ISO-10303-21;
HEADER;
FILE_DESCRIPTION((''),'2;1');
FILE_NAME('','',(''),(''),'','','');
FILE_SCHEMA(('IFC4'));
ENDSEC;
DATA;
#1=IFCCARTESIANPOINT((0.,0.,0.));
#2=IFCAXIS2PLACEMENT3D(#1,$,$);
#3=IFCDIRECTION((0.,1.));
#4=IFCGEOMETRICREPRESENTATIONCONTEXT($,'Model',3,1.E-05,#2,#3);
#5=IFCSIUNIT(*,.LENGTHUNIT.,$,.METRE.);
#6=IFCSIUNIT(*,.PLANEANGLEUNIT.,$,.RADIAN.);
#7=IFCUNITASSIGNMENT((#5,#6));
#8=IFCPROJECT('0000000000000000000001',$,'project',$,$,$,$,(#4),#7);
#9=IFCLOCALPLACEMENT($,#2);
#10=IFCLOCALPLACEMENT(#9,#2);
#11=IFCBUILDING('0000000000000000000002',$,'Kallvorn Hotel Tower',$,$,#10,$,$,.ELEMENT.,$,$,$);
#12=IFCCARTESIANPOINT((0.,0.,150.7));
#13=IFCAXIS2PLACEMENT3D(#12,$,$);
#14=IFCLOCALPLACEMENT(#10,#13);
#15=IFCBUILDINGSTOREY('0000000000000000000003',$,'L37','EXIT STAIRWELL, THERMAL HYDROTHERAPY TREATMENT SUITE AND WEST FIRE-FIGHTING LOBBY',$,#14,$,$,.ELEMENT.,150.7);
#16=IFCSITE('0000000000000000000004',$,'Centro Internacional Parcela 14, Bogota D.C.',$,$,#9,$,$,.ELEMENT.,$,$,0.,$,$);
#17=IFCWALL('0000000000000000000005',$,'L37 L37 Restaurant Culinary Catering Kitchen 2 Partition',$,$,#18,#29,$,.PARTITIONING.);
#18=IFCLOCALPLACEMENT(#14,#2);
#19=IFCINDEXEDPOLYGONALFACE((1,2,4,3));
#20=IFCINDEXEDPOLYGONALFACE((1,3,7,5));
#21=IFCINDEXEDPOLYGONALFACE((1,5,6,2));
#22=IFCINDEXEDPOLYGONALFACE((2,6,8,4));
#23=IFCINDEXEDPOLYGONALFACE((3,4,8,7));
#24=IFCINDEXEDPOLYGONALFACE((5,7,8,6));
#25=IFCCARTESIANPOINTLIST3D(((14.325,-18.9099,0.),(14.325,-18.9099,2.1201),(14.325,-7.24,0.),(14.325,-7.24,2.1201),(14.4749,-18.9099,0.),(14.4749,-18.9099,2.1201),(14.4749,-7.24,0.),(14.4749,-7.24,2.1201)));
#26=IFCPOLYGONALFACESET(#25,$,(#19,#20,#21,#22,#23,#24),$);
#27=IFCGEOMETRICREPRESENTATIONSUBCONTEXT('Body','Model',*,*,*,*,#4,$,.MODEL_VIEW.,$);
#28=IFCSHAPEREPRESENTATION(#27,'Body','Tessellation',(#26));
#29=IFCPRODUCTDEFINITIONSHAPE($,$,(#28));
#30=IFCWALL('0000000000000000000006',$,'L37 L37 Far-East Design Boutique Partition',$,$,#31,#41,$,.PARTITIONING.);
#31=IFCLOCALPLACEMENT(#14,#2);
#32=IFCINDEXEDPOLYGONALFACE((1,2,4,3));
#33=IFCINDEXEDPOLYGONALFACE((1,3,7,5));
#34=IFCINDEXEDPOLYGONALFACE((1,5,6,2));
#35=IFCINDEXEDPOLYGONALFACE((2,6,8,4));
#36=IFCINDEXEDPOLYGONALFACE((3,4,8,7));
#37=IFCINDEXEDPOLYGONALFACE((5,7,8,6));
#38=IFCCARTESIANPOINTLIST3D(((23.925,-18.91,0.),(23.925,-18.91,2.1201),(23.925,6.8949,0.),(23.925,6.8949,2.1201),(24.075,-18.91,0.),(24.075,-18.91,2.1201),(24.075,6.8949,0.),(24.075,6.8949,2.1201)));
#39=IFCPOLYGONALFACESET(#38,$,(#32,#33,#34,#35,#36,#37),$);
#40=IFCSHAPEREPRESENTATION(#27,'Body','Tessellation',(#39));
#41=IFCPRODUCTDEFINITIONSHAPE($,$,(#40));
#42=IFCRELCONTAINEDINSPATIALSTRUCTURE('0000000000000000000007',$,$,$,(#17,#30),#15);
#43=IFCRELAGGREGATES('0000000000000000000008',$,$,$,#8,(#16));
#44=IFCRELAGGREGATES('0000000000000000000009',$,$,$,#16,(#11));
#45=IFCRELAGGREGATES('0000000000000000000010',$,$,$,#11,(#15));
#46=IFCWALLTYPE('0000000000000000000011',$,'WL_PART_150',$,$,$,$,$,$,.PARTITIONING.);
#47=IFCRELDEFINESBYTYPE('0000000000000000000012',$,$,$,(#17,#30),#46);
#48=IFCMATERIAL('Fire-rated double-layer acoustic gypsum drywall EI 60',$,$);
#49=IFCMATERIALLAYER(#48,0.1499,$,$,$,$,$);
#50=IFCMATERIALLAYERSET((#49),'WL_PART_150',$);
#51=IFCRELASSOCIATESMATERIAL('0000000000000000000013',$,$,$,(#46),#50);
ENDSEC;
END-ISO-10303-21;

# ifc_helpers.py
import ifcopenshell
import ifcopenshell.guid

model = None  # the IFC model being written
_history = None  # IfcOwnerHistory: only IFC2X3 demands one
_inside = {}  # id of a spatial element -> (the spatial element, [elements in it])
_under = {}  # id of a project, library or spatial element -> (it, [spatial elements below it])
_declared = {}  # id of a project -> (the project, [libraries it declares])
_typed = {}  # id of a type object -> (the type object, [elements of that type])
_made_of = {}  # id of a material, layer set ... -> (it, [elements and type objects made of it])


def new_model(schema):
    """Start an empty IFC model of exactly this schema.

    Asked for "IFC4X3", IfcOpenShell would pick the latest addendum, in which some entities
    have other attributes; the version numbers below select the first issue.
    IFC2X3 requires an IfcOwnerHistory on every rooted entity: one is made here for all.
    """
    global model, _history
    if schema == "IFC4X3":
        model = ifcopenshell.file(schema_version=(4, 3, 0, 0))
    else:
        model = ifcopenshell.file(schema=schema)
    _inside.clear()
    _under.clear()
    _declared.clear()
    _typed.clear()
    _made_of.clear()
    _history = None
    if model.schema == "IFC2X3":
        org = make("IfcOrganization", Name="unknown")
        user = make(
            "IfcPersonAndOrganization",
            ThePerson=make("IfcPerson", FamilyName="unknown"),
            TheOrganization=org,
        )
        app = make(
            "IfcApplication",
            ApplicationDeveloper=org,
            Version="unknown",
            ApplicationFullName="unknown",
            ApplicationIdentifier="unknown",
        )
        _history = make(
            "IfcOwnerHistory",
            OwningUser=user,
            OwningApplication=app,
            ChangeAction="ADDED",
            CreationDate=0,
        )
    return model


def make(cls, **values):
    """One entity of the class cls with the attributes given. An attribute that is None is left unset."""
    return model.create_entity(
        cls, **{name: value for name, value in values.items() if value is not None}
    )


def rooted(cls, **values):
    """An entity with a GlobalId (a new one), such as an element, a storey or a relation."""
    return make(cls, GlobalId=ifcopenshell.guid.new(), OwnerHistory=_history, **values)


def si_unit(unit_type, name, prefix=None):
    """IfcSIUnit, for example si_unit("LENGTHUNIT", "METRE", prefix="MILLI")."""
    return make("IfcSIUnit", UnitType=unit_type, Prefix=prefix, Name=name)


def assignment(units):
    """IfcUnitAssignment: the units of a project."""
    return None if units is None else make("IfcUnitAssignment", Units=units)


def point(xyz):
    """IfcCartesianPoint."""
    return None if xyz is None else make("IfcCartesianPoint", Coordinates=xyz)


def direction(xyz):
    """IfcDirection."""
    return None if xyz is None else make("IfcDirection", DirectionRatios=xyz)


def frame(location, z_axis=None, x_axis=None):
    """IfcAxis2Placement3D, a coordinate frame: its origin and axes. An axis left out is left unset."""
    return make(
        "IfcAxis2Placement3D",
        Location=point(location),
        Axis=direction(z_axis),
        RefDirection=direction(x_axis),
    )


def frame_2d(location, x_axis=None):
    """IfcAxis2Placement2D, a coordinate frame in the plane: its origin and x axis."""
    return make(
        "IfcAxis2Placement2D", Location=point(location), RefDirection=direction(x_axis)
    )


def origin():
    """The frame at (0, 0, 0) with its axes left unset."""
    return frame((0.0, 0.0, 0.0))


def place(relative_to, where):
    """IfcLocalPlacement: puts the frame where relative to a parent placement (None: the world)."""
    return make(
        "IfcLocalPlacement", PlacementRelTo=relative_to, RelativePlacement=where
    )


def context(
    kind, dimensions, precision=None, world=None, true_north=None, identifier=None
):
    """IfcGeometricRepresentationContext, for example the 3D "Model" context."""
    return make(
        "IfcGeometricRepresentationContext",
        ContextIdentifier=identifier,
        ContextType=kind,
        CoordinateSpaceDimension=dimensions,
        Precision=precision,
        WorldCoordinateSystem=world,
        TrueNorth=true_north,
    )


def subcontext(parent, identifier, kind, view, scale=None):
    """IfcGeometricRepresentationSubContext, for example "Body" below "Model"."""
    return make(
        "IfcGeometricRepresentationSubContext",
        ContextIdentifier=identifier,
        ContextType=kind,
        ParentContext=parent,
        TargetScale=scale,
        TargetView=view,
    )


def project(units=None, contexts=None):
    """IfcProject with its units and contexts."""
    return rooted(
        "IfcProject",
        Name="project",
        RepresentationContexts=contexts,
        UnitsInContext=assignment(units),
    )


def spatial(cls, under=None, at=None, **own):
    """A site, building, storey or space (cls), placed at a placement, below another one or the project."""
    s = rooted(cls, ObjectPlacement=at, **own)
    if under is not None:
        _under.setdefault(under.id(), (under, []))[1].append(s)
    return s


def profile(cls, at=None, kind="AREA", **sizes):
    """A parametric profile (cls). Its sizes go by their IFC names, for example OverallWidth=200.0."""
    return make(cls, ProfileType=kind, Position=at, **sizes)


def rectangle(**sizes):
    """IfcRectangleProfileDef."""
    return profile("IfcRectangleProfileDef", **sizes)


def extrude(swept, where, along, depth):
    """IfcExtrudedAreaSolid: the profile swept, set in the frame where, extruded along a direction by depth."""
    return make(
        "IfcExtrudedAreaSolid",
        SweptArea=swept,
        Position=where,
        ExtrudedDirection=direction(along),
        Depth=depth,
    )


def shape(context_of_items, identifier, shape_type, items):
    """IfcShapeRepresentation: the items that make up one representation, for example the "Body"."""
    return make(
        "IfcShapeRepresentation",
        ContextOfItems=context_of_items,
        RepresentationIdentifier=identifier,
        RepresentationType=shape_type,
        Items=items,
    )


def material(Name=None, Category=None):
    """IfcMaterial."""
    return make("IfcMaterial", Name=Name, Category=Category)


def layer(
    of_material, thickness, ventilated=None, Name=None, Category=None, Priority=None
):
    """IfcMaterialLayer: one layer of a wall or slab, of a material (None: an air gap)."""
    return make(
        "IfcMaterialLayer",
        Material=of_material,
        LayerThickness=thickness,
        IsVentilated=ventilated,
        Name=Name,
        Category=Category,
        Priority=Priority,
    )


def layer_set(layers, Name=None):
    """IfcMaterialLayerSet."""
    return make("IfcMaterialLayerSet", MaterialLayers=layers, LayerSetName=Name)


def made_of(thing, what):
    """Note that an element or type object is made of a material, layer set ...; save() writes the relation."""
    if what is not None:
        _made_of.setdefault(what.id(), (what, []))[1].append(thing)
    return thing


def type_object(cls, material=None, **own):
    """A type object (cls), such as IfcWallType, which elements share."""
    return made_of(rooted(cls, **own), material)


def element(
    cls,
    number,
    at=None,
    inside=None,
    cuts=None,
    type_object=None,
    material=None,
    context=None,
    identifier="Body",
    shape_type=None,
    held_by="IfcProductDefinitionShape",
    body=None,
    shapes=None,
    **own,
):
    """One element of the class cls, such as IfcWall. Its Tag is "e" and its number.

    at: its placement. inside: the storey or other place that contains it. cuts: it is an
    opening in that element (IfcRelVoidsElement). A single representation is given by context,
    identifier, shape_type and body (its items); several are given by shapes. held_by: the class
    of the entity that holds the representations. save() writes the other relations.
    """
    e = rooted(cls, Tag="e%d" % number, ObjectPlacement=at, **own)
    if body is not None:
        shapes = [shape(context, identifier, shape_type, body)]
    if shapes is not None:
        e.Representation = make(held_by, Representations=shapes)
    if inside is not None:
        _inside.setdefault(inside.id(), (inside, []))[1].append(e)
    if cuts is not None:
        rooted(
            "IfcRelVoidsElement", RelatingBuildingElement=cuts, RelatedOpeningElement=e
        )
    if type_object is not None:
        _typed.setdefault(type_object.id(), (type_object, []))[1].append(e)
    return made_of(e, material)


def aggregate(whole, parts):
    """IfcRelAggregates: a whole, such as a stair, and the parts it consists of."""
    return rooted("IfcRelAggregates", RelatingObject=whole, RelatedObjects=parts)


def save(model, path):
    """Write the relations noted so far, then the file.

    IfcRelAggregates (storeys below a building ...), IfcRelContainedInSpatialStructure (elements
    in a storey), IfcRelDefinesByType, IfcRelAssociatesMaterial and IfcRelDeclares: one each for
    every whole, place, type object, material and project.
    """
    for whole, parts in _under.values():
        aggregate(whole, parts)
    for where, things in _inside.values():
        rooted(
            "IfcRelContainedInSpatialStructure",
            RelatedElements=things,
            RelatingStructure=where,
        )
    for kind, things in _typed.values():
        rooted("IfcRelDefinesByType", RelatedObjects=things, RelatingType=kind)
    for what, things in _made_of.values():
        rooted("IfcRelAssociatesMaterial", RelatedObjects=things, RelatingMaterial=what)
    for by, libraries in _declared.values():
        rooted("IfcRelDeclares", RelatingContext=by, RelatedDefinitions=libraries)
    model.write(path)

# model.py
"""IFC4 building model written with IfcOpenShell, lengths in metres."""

from ifc_helpers import new_model, si_unit, direction, frame, frame_2d, origin, place, context, subcontext, project, spatial, rectangle, extrude, material, layer, layer_set, type_object, element, save


model = new_model("IFC4")

# Units and contexts
model_context = context("Model", 3, precision=1e-05, world=origin(), true_north=direction((0.0, 1.0)))
body_context = subcontext(model_context, "Body", "Model", "MODEL_VIEW")
ifc_project = project(units=[si_unit("LENGTHUNIT", "METRE"), si_unit("PLANEANGLEUNIT", "RADIAN")], contexts=[model_context])

# Site, building, storey
site_placement = place(None, origin())
site = spatial("IfcSite", under=ifc_project, at=site_placement, Name="Centro Internacional Parcela 14, Bogota D.C.", CompositionType="ELEMENT", RefElevation=0.0)
building_placement = place(site_placement, origin())
building = spatial("IfcBuilding", under=site, at=building_placement, Name="Kallvorn Hotel Tower", CompositionType="ELEMENT")
storey_placement = place(building_placement, frame((0.0, 0.0, 150.7)))
storey = spatial("IfcBuildingStorey", under=building, at=storey_placement, Name="L37", Description="EXIT STAIRWELL, THERMAL HYDROTHERAPY TREATMENT SUITE AND WEST FIRE-FIGHTING LOBBY", CompositionType="ELEMENT", Elevation=150.7)

# Walls
ifc_material_1 = material(Name="Fire-rated double-layer acoustic gypsum drywall EI 60")
ifc_layer_1 = layer(ifc_material_1, 0.1499)
ifc_layer_set_1 = layer_set([ifc_layer_1], Name="WL_PART_150")
wall_type_1 = type_object("IfcWallType", Name="WL_PART_150", PredefinedType="PARTITIONING", material=ifc_layer_set_1)
wall_1_placement = place(storey_placement, frame((14.3999, -18.9099, 0.0), z_axis=(0.0, 0.0, 1.0), x_axis=(0.0, 1.0, 0.0)))
element("IfcWall", 1, at=wall_1_placement, inside=storey, type_object=wall_type_1, Name="L37 L37 Restaurant Culinary Catering Kitchen 2 Partition", PredefinedType="PARTITIONING", context=body_context, shape_type="SweptSolid", body=[
    extrude(rectangle(XDim=11.6699, YDim=0.1499, at=frame_2d((5.835, 0.0))), origin(), (0.0, 0.0, 1.0), 2.1201),
])
wall_2_placement = place(storey_placement, frame((24.0, -18.9099, 0.0), z_axis=(0.0, 0.0, 1.0), x_axis=(0.0, 1.0, 0.0)))
element("IfcWall", 2, at=wall_2_placement, inside=storey, type_object=wall_type_1, Name="L37 L37 Far-East Design Boutique Partition", PredefinedType="PARTITIONING", context=body_context, shape_type="SweptSolid", body=[
    extrude(rectangle(XDim=25.8049, YDim=0.1499, at=frame_2d((12.9023, 0.0))), origin(), (0.0, 0.0, 1.0), 2.1201),
])

save(model, "model.ifc")
